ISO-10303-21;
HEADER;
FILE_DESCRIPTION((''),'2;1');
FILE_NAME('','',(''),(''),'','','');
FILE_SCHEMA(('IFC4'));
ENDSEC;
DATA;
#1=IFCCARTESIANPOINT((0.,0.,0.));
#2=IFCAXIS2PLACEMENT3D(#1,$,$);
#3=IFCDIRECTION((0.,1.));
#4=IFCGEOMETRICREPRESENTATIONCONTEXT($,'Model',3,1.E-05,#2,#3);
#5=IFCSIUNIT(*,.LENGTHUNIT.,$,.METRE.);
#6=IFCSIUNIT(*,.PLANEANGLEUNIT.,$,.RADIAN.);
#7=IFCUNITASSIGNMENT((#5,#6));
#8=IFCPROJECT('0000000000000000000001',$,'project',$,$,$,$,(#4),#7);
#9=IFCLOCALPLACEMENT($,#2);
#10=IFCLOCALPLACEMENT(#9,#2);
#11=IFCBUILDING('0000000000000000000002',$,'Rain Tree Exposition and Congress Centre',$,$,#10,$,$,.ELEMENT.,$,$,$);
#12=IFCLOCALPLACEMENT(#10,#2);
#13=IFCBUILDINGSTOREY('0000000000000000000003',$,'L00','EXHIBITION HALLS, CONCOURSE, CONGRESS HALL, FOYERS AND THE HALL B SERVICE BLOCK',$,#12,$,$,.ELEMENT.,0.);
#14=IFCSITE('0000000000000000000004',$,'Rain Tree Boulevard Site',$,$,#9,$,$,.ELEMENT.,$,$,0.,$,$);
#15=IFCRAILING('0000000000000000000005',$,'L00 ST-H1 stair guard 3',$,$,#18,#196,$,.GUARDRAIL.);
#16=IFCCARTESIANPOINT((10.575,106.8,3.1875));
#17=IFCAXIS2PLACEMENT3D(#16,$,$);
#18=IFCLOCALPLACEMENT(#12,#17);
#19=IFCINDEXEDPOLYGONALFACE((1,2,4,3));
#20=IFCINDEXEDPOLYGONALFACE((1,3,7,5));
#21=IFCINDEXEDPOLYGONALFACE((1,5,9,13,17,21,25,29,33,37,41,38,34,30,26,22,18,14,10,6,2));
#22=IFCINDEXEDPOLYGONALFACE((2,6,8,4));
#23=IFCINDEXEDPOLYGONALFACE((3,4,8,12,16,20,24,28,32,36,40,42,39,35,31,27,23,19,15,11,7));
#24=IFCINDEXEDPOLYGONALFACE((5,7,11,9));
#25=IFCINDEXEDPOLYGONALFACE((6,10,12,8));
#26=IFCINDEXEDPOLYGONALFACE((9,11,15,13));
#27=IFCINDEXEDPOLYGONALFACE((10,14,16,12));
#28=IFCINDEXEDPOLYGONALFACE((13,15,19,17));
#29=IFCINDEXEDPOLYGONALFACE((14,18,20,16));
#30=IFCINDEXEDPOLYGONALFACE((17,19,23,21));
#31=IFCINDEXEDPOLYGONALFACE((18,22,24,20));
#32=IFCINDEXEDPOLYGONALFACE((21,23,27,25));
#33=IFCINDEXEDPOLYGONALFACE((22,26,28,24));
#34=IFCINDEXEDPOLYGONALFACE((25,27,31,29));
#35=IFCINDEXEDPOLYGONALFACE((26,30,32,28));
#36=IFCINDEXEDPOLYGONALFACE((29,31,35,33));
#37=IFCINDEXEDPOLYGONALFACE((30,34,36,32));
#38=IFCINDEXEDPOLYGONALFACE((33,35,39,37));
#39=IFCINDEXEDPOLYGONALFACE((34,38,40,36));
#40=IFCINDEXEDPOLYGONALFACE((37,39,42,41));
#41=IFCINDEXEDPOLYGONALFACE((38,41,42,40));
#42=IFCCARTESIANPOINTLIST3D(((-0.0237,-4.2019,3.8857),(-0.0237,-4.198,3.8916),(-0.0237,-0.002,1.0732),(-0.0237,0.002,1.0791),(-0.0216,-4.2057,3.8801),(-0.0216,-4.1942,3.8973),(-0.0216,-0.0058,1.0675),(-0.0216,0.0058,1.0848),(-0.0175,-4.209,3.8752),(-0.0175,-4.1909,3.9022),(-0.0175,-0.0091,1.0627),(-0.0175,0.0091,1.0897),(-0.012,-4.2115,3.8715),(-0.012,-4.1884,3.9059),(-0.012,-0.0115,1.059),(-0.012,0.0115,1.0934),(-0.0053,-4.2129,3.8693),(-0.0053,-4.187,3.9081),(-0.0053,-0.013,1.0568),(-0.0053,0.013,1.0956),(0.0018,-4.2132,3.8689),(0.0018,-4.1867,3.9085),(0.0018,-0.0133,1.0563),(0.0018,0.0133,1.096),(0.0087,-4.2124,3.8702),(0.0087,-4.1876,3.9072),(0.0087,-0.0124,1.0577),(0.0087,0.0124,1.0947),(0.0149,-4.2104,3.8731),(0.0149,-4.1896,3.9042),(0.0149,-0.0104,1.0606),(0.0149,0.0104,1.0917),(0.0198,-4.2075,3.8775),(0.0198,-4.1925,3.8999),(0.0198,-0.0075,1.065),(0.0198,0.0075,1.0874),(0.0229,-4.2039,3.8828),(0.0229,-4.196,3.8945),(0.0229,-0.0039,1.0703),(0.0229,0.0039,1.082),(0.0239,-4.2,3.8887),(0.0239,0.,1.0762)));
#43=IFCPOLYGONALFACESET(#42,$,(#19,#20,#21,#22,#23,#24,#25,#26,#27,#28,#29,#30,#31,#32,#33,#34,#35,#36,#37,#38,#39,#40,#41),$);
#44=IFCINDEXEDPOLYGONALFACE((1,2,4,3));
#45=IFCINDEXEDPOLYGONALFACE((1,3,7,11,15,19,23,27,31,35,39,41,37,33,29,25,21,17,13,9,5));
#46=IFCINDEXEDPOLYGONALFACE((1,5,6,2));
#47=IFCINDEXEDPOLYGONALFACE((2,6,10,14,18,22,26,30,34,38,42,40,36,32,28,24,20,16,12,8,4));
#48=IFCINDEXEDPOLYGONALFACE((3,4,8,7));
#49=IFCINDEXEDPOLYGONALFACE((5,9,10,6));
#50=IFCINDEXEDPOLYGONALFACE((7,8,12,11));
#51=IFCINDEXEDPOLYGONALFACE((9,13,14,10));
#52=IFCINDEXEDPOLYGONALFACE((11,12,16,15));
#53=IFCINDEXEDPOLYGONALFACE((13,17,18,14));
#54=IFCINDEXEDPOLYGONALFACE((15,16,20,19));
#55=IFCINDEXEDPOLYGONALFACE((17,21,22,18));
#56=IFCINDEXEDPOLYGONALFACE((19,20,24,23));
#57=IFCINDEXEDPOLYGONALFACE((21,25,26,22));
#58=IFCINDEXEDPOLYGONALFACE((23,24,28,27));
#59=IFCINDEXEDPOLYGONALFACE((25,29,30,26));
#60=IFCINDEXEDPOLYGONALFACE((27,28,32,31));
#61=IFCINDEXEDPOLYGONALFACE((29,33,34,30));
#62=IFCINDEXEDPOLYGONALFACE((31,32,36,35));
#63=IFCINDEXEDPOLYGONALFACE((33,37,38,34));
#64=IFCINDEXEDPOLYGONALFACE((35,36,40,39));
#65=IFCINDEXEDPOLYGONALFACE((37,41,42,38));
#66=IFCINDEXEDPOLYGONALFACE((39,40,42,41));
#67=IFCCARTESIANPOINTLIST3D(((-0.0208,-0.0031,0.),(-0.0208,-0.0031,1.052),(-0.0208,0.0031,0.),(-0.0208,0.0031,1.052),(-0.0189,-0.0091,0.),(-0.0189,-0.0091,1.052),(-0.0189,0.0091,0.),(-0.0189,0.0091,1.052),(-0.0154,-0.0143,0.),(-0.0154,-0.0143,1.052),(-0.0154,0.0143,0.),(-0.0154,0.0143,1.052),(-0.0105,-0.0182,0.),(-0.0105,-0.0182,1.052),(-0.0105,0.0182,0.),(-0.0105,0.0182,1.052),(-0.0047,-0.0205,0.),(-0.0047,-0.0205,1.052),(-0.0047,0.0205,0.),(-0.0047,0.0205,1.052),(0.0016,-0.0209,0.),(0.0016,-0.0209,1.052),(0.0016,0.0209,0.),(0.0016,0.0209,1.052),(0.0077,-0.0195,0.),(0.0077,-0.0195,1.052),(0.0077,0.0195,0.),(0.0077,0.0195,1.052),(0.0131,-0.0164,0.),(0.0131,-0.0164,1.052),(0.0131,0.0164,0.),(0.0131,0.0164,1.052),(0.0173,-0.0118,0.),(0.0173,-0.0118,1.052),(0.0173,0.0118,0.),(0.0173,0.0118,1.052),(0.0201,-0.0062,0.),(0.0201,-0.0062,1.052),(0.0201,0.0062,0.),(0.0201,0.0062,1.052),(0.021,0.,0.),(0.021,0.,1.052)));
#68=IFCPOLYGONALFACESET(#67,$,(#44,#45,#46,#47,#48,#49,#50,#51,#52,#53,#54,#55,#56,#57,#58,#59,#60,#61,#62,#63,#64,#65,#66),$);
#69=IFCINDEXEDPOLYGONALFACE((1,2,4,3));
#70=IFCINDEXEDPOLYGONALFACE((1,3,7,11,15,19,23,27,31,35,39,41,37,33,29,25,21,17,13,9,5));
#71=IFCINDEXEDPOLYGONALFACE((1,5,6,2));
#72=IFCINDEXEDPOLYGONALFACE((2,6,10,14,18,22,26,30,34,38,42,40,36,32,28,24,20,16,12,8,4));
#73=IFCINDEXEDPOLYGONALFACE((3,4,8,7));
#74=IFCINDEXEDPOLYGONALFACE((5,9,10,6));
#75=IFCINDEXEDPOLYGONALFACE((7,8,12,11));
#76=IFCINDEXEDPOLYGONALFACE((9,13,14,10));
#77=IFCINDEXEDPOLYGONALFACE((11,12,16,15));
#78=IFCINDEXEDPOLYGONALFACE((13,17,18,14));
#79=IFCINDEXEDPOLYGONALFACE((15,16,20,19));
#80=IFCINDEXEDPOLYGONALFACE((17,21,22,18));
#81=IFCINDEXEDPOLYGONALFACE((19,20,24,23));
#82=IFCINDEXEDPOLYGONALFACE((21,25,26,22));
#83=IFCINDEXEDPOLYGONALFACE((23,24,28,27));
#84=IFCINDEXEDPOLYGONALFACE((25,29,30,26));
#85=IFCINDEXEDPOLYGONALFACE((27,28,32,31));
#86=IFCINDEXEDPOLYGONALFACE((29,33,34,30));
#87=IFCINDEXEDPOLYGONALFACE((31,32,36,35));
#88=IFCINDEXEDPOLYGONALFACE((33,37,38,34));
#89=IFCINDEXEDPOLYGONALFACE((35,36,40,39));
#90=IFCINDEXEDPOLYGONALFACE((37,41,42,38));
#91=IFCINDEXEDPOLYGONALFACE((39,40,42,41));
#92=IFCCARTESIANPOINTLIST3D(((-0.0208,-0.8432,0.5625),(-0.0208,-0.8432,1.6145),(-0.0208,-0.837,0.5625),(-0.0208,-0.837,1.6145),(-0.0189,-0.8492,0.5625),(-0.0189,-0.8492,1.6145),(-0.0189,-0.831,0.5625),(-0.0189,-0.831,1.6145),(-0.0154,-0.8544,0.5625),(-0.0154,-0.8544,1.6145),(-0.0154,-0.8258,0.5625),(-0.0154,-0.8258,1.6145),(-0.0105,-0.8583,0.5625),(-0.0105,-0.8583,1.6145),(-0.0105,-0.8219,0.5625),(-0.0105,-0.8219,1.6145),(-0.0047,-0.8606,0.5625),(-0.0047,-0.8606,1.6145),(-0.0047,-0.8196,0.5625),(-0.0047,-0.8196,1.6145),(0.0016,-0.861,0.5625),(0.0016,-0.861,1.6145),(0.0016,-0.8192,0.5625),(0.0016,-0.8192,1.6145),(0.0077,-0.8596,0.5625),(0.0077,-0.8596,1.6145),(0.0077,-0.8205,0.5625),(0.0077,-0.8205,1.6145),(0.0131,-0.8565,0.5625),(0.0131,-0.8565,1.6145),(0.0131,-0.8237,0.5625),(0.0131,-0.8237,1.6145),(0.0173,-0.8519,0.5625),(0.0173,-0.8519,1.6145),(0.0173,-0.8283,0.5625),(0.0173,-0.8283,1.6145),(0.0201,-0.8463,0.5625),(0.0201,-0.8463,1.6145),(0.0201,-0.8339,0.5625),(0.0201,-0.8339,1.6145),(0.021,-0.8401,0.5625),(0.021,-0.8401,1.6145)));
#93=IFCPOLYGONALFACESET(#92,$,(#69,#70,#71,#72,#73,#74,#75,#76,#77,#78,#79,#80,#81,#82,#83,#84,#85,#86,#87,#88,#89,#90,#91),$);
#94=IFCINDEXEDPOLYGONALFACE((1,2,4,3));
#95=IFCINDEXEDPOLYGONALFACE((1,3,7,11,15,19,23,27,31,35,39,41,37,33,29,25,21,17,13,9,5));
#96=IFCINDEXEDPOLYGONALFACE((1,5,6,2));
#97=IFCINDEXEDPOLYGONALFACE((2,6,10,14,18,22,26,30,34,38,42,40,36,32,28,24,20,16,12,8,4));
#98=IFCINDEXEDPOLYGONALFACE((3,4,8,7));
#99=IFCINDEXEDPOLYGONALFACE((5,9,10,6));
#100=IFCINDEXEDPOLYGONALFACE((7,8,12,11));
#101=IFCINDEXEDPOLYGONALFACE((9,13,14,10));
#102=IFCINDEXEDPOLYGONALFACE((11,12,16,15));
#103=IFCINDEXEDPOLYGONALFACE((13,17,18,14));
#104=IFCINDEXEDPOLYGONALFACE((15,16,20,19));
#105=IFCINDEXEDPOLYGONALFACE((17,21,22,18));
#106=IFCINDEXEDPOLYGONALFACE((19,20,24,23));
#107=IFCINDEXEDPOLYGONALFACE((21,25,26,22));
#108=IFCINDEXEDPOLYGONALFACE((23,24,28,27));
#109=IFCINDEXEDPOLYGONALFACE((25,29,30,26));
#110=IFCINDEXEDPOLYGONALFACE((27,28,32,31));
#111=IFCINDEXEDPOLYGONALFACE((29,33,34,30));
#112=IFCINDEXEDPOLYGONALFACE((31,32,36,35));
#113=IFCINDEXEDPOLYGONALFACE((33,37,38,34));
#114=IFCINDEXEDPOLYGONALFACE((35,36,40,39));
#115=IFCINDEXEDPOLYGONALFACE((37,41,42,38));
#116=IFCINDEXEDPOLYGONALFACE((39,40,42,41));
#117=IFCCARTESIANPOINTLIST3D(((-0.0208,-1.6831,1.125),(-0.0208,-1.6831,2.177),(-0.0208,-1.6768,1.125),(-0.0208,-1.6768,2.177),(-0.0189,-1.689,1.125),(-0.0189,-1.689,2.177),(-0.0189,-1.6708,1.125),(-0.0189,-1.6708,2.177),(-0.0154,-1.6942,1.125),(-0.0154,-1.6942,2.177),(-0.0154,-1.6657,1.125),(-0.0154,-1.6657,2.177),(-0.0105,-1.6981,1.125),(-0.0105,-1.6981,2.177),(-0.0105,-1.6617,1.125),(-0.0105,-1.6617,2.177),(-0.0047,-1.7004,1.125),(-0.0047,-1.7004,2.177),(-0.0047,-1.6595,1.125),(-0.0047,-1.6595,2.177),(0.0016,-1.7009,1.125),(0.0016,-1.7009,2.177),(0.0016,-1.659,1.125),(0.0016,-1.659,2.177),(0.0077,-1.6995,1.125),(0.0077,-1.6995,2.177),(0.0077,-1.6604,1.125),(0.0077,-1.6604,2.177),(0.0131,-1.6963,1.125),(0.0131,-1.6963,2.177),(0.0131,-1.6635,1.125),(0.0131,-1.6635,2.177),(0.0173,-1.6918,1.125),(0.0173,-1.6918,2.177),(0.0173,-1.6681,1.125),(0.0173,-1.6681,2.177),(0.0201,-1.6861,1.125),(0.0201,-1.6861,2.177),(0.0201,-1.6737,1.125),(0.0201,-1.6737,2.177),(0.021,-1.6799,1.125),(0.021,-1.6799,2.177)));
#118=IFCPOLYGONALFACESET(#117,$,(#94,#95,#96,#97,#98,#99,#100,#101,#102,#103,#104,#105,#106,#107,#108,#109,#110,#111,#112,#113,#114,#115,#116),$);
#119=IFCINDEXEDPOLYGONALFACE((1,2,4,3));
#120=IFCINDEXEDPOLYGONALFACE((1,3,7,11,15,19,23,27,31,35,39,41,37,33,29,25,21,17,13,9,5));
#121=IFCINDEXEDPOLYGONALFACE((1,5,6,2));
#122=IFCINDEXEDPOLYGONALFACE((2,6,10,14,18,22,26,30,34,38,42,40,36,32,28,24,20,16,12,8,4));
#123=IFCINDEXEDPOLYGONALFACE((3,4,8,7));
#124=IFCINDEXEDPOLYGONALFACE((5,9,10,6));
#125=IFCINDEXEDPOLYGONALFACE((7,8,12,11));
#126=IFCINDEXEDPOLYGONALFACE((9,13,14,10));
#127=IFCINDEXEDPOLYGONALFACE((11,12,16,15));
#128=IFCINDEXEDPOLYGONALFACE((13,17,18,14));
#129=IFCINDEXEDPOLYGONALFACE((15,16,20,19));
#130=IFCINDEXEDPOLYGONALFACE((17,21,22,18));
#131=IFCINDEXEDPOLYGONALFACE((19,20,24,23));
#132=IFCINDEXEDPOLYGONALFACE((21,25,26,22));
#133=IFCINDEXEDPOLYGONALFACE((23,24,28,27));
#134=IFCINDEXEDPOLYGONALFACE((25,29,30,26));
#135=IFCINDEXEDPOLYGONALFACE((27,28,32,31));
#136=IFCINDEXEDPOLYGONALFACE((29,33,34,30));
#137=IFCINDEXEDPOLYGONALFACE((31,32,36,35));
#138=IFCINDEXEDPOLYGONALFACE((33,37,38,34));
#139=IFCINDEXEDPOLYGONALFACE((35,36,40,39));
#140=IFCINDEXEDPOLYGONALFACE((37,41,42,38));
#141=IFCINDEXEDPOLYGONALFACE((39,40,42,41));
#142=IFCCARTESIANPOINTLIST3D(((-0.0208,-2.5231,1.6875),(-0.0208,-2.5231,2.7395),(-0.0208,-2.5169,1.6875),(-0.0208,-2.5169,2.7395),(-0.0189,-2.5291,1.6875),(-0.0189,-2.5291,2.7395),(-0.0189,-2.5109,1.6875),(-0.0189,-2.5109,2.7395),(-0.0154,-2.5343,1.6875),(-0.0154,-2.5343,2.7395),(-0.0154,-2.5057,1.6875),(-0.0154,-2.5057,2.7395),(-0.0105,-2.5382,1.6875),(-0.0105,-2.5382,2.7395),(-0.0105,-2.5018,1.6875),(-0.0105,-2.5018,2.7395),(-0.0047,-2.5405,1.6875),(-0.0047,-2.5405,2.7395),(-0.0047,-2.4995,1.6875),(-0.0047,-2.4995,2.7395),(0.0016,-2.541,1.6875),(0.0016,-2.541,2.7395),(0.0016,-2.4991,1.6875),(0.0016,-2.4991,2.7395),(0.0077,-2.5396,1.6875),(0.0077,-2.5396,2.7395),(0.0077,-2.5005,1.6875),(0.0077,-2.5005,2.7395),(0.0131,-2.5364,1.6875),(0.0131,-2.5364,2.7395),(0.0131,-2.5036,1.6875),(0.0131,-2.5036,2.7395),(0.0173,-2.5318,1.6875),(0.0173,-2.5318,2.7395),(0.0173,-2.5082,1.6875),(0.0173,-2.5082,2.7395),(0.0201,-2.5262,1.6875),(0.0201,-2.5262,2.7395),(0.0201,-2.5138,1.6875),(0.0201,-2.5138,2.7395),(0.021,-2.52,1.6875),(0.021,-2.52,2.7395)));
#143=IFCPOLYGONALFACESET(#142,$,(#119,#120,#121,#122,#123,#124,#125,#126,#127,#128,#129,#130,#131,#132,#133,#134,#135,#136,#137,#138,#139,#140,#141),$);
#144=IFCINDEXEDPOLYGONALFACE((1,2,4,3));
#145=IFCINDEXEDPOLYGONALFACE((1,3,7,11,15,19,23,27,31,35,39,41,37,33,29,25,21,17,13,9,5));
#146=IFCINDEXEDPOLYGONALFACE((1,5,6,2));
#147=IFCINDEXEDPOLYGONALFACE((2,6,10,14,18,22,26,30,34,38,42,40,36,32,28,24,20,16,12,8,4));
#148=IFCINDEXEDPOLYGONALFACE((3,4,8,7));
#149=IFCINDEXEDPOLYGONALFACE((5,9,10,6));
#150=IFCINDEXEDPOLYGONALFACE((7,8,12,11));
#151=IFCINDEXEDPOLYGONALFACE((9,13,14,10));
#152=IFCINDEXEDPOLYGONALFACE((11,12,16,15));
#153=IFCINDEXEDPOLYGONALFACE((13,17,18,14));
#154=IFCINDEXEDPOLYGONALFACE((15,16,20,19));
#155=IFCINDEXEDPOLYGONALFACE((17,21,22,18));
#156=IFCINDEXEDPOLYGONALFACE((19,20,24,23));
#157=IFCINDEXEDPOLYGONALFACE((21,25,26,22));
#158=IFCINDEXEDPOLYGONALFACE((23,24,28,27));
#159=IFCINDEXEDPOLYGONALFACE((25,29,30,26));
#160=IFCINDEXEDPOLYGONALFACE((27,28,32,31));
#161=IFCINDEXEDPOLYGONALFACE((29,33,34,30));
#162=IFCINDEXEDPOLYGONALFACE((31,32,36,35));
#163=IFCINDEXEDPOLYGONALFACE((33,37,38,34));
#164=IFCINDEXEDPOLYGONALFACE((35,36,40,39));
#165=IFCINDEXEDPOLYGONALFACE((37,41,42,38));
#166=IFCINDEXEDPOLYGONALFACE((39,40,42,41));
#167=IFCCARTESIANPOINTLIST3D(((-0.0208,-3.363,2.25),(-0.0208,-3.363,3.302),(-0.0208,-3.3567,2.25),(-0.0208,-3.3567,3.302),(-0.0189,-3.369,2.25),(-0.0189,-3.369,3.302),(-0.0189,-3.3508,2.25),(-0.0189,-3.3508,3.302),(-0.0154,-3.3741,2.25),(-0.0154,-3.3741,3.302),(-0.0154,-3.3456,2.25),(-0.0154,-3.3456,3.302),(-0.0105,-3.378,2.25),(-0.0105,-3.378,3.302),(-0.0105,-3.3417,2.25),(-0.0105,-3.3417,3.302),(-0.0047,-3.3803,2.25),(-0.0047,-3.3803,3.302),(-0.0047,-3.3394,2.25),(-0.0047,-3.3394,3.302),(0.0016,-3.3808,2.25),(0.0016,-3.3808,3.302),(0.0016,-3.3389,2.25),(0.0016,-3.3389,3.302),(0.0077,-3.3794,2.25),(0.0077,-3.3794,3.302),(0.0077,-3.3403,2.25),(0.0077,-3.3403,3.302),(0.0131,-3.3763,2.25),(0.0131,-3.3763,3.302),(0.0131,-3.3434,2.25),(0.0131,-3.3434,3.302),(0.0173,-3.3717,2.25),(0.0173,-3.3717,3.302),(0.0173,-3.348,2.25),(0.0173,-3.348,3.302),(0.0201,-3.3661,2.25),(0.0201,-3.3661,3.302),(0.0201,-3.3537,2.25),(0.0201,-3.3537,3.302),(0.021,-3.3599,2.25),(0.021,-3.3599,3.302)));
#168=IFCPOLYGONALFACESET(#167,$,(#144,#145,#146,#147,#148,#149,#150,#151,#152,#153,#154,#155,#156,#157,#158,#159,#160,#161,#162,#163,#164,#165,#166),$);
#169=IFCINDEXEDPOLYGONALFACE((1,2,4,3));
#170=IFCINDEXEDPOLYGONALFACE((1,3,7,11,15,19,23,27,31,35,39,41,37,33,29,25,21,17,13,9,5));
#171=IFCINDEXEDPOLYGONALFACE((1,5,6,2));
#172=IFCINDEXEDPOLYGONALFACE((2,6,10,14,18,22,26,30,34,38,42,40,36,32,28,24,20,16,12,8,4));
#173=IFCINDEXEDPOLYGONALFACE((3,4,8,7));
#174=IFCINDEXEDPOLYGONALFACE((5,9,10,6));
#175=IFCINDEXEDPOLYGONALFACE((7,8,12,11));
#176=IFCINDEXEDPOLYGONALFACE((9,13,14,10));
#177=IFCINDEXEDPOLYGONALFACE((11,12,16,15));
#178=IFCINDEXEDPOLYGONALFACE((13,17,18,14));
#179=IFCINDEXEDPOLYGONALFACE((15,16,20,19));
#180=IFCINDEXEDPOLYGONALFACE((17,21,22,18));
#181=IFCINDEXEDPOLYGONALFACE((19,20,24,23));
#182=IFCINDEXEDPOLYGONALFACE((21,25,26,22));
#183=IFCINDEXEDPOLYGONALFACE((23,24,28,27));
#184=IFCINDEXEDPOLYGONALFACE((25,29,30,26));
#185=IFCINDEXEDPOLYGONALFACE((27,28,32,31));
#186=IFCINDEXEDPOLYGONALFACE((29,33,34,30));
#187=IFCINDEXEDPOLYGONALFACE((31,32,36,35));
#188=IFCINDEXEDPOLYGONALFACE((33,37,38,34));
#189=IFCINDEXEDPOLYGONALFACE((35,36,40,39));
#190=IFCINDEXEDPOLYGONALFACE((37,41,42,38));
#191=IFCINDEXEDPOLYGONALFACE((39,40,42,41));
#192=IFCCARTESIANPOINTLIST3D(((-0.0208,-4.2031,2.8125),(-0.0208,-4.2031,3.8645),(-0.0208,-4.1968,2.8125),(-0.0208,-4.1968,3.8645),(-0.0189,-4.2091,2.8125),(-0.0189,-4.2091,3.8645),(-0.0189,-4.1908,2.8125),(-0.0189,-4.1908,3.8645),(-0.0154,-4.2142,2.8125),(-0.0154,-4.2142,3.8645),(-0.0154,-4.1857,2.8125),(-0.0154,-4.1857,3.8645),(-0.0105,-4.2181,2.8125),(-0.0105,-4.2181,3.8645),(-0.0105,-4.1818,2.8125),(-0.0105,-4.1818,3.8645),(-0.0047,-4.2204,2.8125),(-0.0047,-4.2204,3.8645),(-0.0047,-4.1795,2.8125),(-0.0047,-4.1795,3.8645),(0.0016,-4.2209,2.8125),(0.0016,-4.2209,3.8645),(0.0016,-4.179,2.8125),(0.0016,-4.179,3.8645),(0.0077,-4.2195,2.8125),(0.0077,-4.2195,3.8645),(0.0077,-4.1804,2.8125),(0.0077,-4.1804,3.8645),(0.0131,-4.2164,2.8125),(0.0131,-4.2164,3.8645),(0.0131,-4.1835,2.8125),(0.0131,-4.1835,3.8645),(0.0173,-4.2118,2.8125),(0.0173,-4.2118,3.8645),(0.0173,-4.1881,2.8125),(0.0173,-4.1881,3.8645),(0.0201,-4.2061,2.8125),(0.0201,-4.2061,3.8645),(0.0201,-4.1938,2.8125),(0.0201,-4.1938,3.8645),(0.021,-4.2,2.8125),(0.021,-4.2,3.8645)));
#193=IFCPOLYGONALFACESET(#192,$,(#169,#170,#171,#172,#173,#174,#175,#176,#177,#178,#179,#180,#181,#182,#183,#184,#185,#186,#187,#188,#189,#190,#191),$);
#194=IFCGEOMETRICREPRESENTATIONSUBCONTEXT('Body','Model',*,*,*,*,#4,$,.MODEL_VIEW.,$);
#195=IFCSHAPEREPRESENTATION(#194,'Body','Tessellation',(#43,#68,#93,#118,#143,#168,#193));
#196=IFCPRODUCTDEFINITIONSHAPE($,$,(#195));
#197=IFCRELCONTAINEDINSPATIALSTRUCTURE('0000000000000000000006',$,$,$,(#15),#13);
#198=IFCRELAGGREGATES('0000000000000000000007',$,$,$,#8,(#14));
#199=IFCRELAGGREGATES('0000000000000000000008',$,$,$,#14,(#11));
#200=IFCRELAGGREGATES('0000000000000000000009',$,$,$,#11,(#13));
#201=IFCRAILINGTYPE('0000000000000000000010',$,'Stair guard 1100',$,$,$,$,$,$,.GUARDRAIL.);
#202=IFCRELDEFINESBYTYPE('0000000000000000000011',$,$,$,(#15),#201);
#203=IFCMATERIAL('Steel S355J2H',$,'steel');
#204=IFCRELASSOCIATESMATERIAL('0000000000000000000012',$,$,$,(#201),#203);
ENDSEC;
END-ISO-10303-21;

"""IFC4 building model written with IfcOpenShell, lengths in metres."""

from ifc_helpers import new_model, si_unit, direction, frame, origin, origin_2d, place, context, subcontext, project, spatial, circle, extrude, material, type_object, element, save


model = new_model("IFC4")

# Units and contexts
model_context = context("Model", 3, precision=1e-05, world=origin(), true_north=direction((0.0, 1.0)))
body_context = subcontext(model_context, "Body", "Model", "MODEL_VIEW")
ifc_project = project(units=[si_unit("LENGTHUNIT", "METRE"), si_unit("PLANEANGLEUNIT", "RADIAN")], contexts=[model_context])

# Site, building, storey
site_placement = place(None, origin())
site = spatial("IfcSite", under=ifc_project, at=site_placement, Name="Rain Tree Boulevard Site", CompositionType="ELEMENT", RefElevation=0.0)
building_placement = place(site_placement, origin())
building = spatial("IfcBuilding", under=site, at=building_placement, Name="Rain Tree Exposition and Congress Centre", CompositionType="ELEMENT")
storey_placement = place(building_placement, origin())
storey = spatial("IfcBuildingStorey", under=building, at=storey_placement, Name="L00", Description="EXHIBITION HALLS, CONCOURSE, CONGRESS HALL, FOYERS AND THE HALL B SERVICE BLOCK", CompositionType="ELEMENT", Elevation=0.0)

# Railing
ifc_material_1 = material(Name="Steel S355J2H", Category="steel")
railing_type_1 = type_object("IfcRailingType", Name="Stair guard 1100", PredefinedType="GUARDRAIL", material=ifc_material_1)
railing_1_placement = place(storey_placement, frame((10.575, 106.8, 3.1875)))
element("IfcRailing", 1, at=railing_1_placement, inside=storey, type_object=railing_type_1, Name="L00 ST-H1 stair guard 3", PredefinedType="GUARDRAIL", context=body_context, shape_type="SweptSolid", body=[
    extrude(circle(Radius=0.0239, at=origin_2d()), frame((0.0, 0.0, 1.0762), z_axis=(0.0, -0.830904, 0.556416), x_axis=(1.0, 0.0, 0.0)), (0.0, 0.0, 1.0), 5.0547),
    extrude(circle(Radius=0.021, at=origin_2d()), origin(), (0.0, 0.0, 1.0), 1.052),
    extrude(circle(Radius=0.021, at=origin_2d()), frame((0.0, -0.8401, 0.5625)), (0.0, 0.0, 1.0), 1.052),
    extrude(circle(Radius=0.021, at=origin_2d()), frame((0.0, -1.6799, 1.125)), (0.0, 0.0, 1.0), 1.052),
    extrude(circle(Radius=0.021, at=origin_2d()), frame((0.0, -2.52, 1.6875)), (0.0, 0.0, 1.0), 1.052),
    extrude(circle(Radius=0.021, at=origin_2d()), frame((0.0, -3.3599, 2.25)), (0.0, 0.0, 1.0), 1.052),
    extrude(circle(Radius=0.021, at=origin_2d()), frame((0.0, -4.2, 2.8125)), (0.0, 0.0, 1.0), 1.052),
])

save(model, "model.ifc")
